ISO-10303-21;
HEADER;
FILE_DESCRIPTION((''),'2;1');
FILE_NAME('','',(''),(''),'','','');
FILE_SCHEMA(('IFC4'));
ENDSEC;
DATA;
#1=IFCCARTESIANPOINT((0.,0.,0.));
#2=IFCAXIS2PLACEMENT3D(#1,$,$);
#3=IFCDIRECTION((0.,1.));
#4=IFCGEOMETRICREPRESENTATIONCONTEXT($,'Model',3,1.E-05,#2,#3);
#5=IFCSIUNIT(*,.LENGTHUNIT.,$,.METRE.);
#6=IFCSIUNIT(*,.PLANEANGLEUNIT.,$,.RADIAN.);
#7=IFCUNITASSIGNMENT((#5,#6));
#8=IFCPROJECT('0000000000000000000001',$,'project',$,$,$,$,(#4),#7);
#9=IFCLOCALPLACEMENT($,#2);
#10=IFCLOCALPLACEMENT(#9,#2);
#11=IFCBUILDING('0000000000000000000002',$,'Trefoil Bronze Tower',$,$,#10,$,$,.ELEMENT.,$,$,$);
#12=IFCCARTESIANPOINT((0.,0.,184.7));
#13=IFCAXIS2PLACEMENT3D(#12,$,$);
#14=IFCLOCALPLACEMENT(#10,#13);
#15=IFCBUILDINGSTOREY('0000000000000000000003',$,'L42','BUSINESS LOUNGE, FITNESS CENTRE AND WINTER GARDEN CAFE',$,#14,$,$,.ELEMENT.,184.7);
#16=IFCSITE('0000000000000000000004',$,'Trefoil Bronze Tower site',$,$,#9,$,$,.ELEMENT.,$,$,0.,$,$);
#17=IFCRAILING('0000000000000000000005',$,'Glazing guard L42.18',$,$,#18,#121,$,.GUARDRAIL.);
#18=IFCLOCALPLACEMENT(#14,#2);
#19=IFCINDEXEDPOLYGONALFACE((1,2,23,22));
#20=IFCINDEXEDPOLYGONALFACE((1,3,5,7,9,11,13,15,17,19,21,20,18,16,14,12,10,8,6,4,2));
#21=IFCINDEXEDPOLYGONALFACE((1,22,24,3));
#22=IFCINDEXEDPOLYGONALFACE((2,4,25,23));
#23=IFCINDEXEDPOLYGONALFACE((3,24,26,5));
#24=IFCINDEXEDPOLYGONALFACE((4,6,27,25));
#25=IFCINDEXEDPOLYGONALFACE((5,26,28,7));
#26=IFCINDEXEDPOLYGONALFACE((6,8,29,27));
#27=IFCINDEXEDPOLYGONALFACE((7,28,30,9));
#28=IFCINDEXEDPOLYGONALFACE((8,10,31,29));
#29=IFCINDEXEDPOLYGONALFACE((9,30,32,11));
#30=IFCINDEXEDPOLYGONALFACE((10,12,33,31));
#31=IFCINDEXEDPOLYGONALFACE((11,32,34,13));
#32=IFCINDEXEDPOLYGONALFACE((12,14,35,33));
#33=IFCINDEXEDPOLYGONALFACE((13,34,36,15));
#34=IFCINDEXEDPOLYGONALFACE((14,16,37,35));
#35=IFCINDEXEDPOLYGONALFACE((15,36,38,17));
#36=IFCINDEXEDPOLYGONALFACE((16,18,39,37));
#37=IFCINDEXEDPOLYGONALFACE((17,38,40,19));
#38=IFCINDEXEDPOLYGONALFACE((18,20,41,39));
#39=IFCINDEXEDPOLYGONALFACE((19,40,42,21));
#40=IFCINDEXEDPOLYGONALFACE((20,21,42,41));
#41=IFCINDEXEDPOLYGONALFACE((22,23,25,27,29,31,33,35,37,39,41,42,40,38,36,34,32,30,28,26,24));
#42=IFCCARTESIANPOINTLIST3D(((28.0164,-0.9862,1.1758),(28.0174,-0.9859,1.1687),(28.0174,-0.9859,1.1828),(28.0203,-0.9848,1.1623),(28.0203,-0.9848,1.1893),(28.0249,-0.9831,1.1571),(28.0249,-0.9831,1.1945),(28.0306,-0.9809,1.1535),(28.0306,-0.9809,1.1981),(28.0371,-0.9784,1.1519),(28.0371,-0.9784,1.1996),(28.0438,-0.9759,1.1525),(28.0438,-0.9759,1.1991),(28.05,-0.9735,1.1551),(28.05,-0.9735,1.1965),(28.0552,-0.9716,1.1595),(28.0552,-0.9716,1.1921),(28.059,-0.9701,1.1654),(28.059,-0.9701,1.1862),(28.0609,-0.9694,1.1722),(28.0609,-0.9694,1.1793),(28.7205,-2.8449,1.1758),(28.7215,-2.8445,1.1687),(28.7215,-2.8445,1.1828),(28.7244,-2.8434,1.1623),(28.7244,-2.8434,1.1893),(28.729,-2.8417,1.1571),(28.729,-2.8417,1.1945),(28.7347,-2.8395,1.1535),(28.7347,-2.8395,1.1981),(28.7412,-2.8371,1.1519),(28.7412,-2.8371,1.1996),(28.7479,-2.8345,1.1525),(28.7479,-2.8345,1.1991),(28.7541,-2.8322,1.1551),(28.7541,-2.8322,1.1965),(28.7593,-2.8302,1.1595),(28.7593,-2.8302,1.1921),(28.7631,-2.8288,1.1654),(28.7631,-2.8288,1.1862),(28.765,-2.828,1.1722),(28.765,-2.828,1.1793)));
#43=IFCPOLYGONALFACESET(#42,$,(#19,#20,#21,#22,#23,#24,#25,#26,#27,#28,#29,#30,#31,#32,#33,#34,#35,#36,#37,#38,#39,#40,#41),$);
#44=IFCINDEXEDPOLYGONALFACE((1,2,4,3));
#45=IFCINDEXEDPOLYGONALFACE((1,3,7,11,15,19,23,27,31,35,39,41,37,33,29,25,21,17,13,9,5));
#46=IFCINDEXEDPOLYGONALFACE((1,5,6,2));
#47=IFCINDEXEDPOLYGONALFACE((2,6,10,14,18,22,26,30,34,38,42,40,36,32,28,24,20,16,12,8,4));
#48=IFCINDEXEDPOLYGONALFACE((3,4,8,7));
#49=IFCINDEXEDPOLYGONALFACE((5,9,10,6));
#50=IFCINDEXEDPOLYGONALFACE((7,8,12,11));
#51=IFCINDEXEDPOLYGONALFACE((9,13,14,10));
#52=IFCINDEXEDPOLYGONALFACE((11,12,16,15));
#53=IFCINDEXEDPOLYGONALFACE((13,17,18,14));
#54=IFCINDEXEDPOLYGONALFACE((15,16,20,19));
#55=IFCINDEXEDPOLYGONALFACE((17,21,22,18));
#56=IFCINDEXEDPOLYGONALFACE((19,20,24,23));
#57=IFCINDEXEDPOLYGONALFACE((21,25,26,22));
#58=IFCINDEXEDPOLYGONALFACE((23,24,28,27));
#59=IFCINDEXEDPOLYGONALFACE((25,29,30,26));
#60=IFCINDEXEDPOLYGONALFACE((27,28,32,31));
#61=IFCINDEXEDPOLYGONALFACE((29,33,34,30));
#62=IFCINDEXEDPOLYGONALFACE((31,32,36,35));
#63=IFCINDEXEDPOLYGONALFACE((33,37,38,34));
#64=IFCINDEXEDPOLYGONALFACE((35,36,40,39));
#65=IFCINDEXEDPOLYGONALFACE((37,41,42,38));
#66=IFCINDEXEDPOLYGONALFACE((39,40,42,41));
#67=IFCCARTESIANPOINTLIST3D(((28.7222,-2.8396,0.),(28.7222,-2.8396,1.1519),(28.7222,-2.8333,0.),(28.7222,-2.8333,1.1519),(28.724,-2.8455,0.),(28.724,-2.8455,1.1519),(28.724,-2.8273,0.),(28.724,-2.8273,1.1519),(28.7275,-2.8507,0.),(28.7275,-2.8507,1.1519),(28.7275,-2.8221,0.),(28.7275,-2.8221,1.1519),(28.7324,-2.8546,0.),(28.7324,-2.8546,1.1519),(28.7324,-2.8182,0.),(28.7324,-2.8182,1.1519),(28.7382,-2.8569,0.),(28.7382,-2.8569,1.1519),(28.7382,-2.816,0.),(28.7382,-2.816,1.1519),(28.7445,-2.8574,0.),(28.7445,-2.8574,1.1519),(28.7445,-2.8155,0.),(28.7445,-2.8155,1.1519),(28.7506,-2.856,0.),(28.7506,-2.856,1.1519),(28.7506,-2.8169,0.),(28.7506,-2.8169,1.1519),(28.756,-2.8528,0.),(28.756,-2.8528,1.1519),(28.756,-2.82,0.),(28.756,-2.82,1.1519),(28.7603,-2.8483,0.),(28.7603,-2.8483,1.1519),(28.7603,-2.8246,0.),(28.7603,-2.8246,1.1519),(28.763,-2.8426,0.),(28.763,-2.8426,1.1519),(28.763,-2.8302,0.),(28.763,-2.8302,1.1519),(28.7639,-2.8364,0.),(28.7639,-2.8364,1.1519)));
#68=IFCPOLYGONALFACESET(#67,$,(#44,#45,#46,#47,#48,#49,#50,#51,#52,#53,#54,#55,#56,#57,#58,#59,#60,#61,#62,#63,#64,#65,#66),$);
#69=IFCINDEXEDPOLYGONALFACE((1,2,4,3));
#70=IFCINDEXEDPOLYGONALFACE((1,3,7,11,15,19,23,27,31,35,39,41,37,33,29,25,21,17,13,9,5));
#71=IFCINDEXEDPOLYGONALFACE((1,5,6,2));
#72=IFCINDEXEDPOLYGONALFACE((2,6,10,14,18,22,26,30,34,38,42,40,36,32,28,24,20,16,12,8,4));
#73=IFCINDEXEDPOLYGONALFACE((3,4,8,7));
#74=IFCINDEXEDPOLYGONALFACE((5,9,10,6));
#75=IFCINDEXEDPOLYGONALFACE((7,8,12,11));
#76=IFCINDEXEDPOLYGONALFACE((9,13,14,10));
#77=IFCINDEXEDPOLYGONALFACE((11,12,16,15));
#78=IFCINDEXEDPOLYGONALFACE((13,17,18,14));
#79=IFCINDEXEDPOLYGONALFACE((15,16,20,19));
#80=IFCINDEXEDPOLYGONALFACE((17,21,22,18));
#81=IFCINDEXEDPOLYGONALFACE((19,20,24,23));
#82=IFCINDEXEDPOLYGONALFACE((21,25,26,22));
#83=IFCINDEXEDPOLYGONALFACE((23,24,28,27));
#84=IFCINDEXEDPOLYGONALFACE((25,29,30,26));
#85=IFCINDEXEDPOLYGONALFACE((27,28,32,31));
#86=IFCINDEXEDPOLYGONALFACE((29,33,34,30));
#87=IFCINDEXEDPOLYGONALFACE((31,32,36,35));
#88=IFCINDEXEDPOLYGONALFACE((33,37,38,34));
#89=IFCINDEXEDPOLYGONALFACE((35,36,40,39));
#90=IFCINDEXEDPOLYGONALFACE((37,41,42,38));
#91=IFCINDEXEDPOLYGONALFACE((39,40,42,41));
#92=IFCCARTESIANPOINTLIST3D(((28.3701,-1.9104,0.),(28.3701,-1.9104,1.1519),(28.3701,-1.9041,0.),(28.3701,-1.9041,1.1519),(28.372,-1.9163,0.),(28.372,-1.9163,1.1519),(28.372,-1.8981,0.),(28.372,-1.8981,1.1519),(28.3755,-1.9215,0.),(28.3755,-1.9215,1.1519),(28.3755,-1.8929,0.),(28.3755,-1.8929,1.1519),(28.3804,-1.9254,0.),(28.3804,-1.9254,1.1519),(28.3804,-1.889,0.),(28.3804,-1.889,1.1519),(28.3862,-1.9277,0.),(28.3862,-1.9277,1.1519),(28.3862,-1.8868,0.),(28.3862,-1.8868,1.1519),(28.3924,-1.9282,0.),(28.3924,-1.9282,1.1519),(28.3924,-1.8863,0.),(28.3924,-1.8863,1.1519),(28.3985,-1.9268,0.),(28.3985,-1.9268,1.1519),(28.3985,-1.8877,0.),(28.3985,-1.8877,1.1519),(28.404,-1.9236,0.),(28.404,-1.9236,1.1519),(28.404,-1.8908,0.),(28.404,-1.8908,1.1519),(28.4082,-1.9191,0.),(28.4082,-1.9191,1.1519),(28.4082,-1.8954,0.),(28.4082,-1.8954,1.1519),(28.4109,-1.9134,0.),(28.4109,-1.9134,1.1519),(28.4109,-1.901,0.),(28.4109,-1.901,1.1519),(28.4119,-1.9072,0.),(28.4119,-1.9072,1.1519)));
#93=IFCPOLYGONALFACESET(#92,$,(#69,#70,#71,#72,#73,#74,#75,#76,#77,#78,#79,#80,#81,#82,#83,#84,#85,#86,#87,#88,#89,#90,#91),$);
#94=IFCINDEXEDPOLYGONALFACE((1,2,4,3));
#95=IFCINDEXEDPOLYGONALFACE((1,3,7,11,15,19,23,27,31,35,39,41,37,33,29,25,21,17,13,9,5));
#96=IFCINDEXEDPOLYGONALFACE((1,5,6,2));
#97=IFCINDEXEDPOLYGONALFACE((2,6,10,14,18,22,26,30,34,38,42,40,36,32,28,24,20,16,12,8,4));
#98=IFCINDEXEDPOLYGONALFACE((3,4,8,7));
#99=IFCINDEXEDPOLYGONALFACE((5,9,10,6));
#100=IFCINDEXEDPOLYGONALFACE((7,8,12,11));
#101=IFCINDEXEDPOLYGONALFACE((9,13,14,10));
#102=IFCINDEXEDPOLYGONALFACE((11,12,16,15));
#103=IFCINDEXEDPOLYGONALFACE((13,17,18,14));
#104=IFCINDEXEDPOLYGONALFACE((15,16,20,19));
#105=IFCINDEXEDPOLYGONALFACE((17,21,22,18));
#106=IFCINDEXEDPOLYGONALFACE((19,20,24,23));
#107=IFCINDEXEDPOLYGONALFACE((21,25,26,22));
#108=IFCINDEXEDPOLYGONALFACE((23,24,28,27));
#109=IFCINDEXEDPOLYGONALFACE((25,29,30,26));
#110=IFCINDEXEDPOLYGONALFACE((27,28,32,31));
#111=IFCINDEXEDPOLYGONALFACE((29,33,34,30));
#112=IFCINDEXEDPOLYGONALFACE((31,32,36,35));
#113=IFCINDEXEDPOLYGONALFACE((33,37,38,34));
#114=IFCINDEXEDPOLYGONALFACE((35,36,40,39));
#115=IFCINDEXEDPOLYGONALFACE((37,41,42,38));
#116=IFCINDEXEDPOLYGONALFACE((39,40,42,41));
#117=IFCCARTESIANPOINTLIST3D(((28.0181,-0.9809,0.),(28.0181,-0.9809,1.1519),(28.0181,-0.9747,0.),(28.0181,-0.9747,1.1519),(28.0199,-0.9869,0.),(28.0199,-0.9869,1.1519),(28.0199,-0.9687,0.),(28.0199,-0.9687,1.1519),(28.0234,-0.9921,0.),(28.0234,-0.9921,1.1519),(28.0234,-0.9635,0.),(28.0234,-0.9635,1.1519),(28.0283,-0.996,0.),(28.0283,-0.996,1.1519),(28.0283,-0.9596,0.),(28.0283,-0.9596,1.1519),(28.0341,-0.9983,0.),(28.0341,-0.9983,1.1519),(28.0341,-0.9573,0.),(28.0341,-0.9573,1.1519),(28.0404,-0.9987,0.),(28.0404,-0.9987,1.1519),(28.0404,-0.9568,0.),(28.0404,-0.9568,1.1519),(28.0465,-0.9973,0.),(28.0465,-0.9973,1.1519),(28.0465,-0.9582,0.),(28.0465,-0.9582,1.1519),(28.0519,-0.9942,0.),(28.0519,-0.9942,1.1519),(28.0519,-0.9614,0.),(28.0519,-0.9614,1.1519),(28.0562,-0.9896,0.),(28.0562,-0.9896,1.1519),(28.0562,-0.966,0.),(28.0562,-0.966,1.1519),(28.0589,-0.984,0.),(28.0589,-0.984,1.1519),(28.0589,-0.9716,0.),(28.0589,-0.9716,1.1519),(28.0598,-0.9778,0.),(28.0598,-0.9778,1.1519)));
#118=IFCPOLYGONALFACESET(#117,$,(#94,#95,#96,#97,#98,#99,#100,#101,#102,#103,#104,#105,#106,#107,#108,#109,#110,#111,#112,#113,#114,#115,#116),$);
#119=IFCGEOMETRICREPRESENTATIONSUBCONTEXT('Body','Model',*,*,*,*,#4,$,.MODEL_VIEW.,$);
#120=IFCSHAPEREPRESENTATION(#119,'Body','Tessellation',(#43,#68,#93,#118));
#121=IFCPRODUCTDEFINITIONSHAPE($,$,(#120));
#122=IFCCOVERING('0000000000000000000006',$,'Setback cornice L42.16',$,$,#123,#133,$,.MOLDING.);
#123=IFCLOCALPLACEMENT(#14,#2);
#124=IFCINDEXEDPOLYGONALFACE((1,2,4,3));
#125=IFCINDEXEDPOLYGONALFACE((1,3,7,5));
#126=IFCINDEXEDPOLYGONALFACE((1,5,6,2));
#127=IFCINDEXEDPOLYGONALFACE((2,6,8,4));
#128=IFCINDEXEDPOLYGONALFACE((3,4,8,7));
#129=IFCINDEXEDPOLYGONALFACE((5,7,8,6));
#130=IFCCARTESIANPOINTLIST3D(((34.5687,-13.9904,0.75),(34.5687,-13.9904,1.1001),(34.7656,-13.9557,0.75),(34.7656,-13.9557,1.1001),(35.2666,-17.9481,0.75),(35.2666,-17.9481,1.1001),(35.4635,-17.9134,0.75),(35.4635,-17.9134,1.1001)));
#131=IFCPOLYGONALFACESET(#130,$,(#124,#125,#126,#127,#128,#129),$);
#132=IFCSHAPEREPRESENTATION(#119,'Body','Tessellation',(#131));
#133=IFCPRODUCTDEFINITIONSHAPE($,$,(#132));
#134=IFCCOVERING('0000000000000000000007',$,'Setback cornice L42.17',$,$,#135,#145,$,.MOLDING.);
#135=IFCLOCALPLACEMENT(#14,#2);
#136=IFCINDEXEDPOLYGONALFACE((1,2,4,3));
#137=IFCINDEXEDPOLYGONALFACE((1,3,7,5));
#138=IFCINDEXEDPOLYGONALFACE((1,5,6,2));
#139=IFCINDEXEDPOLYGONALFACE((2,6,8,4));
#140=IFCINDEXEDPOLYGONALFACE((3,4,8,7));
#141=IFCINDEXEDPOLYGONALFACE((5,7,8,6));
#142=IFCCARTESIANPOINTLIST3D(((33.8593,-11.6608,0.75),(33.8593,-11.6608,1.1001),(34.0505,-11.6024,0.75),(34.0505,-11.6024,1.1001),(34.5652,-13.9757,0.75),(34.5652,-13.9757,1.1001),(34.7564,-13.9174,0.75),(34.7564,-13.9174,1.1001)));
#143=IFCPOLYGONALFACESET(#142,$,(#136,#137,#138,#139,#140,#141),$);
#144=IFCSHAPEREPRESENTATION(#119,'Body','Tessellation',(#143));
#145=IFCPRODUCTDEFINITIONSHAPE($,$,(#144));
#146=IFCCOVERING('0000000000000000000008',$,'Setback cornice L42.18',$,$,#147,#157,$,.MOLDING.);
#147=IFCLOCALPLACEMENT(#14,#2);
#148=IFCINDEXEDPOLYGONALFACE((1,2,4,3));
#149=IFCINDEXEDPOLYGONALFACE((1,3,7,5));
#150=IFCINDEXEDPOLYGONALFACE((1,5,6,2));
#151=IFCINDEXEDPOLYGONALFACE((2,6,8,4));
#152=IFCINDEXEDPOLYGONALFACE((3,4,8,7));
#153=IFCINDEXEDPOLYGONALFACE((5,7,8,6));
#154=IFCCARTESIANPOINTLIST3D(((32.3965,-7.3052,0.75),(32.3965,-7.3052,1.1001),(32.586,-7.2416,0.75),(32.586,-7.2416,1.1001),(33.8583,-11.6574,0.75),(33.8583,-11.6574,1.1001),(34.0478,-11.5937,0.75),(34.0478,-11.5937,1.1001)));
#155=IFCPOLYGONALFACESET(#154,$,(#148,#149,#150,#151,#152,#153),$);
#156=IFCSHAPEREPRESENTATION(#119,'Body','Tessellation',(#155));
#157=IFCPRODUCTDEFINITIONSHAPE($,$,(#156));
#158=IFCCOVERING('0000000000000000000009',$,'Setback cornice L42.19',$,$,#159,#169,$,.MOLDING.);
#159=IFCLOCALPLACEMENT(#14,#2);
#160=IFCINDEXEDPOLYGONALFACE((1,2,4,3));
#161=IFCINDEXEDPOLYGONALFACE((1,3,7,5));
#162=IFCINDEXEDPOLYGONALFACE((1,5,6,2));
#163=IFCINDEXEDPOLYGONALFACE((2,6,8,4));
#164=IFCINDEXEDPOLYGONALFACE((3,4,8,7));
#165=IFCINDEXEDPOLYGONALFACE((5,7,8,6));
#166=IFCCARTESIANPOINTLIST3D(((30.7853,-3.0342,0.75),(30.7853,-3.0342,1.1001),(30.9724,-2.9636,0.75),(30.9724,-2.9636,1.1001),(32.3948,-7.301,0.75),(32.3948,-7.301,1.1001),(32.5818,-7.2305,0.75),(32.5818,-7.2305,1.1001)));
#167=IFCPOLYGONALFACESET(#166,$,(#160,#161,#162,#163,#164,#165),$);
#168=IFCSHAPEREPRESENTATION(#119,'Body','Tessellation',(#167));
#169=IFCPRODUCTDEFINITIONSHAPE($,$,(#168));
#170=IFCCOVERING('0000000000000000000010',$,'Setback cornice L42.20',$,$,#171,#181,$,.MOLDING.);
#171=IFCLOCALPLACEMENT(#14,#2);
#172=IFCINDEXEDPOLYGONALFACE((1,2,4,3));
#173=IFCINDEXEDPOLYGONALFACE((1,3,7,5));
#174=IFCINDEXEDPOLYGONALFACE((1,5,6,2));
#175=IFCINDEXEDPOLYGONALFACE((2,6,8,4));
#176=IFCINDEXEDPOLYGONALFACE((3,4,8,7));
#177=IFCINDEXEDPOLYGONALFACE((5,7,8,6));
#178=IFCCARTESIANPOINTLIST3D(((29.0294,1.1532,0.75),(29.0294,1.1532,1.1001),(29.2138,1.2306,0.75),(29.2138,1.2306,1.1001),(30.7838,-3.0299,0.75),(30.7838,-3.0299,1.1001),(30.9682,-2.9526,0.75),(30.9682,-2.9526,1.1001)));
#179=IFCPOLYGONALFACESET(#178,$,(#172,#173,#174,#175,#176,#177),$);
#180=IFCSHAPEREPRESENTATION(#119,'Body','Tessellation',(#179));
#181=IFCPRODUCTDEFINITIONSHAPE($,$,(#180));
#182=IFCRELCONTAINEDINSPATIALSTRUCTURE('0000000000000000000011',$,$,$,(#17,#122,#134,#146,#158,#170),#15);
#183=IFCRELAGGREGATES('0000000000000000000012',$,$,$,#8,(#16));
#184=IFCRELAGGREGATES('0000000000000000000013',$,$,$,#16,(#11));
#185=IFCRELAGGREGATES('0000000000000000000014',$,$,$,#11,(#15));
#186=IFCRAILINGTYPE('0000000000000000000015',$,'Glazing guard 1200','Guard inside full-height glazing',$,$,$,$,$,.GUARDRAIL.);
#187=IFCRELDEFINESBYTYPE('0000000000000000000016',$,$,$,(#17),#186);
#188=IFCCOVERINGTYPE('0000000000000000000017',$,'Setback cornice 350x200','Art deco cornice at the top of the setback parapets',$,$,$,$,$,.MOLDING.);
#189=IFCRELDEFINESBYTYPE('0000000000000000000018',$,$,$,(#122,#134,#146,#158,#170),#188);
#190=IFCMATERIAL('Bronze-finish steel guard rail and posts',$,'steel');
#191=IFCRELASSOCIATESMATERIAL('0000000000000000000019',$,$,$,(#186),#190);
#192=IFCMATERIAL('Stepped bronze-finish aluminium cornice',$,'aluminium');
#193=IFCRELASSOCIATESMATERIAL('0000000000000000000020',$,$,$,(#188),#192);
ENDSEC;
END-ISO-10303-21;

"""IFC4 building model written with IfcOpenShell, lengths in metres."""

from ifc_helpers import new_model, si_unit, direction, frame, origin, origin_2d, place, context, subcontext, project, spatial, rectangle, circle, extrude, material, type_object, element, save


model = new_model("IFC4")

# Units and contexts
model_context = context("Model", 3, precision=1e-05, world=origin(), true_north=direction((0.0, 1.0)))
body_context = subcontext(model_context, "Body", "Model", "MODEL_VIEW")
ifc_project = project(units=[si_unit("LENGTHUNIT", "METRE"), si_unit("PLANEANGLEUNIT", "RADIAN")], contexts=[model_context])

# Site, building, storey
site_placement = place(None, origin())
site = spatial("IfcSite", under=ifc_project, at=site_placement, Name="Trefoil Bronze Tower site", CompositionType="ELEMENT", RefElevation=0.0)
building_placement = place(site_placement, origin())
building = spatial("IfcBuilding", under=site, at=building_placement, Name="Trefoil Bronze Tower", CompositionType="ELEMENT")
storey_placement = place(building_placement, frame((0.0, 0.0, 184.7)))
storey = spatial("IfcBuildingStorey", under=building, at=storey_placement, Name="L42", Description="BUSINESS LOUNGE, FITNESS CENTRE AND WINTER GARDEN CAFE", CompositionType="ELEMENT", Elevation=184.7)

# Railing
ifc_material_1 = material(Name="Bronze-finish steel guard rail and posts", Category="steel")
railing_type = type_object("IfcRailingType", Name="Glazing guard 1200", Description="Guard inside full-height glazing", PredefinedType="GUARDRAIL", material=ifc_material_1)
railing_1_placement = place(storey_placement, frame((28.7429, -2.8364, 0.0)))
element("IfcRailing", 1, at=railing_1_placement, inside=storey, type_object=railing_type, Name="Glazing guard L42.18", PredefinedType="GUARDRAIL", context=body_context, shape_type="SweptSolid", body=[
    extrude(circle(Radius=0.0239, at=origin_2d()), frame((0.0, 0.0, 1.1758), z_axis=(-0.354258, 0.935148, 0.0), x_axis=(-0.935148, -0.354258, 0.0)), (0.0, 0.0, 1.0), 1.9875),
    extrude(circle(Radius=0.021, at=origin_2d()), origin(), (0.0, 0.0, 1.0), 1.1519),
    extrude(circle(Radius=0.021, at=origin_2d()), frame((-0.3521, 0.9292, 0.0)), (0.0, 0.0, 1.0), 1.1519),
    extrude(circle(Radius=0.021, at=origin_2d()), frame((-0.7041, 1.8586, 0.0)), (0.0, 0.0, 1.0), 1.1519),
])

# Coverings
ifc_material_2 = material(Name="Stepped bronze-finish aluminium cornice", Category="aluminium")
covering_type = type_object("IfcCoveringType", Name="Setback cornice 350x200", Description="Art deco cornice at the top of the setback parapets", PredefinedType="MOLDING", material=ifc_material_2)
covering_1_placement = place(storey_placement, frame((35.0161, -15.9519, 0.75), z_axis=(0.0, 0.0, 1.0), x_axis=(-0.173648, 0.984808, 0.0)))
element("IfcCovering", 2, at=covering_1_placement, inside=storey, type_object=covering_type, Name="Setback cornice L42.16", PredefinedType="MOLDING", context=body_context, shape_type="SweptSolid", body=[
    extrude(rectangle(XDim=4.0188, YDim=0.2, at=origin_2d()), origin(), (0.0, 0.0, 1.0), 0.3501),
])
covering_2_placement = place(storey_placement, frame((34.3079, -12.7891, 0.75), z_axis=(0.0, 0.0, 1.0), x_axis=(-0.291669, 0.956519, 0.0)))
element("IfcCovering", 3, at=covering_2_placement, inside=storey, type_object=covering_type, Name="Setback cornice L42.17", PredefinedType="MOLDING", context=body_context, shape_type="SweptSolid", body=[
    extrude(rectangle(XDim=2.4202, YDim=0.2, at=origin_2d()), origin(), (0.0, 0.0, 1.0), 0.3501),
])
covering_3_placement = place(storey_placement, frame((33.2222, -9.4495, 0.75), z_axis=(0.0, 0.0, 1.0), x_axis=(-0.318404, 0.947955, 0.0)))
element("IfcCovering", 4, at=covering_3_placement, inside=storey, type_object=covering_type, Name="Setback cornice L42.18", PredefinedType="MOLDING", context=body_context, shape_type="SweptSolid", body=[
    extrude(rectangle(XDim=4.5911, YDim=0.2, at=origin_2d()), origin(), (0.0, 0.0, 1.0), 0.3501),
])
covering_4_placement = place(storey_placement, frame((31.6836, -5.1323, 0.75), z_axis=(0.0, 0.0, 1.0), x_axis=(-0.35292, 0.935654, 0.0)))
element("IfcCovering", 5, at=covering_4_placement, inside=storey, type_object=covering_type, Name="Setback cornice L42.19", PredefinedType="MOLDING", context=body_context, shape_type="SweptSolid", body=[
    extrude(rectangle(XDim=4.5603, YDim=0.2, at=origin_2d()), origin(), (0.0, 0.0, 1.0), 0.3501),
])
covering_5_placement = place(storey_placement, frame((29.9988, -0.8997, 0.75), z_axis=(0.0, 0.0, 1.0), x_axis=(-0.386759, 0.922181, 0.0)))
element("IfcCovering", 6, at=covering_5_placement, inside=storey, type_object=covering_type, Name="Setback cornice L42.20", PredefinedType="MOLDING", context=body_context, shape_type="SweptSolid", body=[
    extrude(rectangle(XDim=4.5361, YDim=0.2, at=origin_2d()), origin(), (0.0, 0.0, 1.0), 0.3501),
])

save(model, "model.ifc")
